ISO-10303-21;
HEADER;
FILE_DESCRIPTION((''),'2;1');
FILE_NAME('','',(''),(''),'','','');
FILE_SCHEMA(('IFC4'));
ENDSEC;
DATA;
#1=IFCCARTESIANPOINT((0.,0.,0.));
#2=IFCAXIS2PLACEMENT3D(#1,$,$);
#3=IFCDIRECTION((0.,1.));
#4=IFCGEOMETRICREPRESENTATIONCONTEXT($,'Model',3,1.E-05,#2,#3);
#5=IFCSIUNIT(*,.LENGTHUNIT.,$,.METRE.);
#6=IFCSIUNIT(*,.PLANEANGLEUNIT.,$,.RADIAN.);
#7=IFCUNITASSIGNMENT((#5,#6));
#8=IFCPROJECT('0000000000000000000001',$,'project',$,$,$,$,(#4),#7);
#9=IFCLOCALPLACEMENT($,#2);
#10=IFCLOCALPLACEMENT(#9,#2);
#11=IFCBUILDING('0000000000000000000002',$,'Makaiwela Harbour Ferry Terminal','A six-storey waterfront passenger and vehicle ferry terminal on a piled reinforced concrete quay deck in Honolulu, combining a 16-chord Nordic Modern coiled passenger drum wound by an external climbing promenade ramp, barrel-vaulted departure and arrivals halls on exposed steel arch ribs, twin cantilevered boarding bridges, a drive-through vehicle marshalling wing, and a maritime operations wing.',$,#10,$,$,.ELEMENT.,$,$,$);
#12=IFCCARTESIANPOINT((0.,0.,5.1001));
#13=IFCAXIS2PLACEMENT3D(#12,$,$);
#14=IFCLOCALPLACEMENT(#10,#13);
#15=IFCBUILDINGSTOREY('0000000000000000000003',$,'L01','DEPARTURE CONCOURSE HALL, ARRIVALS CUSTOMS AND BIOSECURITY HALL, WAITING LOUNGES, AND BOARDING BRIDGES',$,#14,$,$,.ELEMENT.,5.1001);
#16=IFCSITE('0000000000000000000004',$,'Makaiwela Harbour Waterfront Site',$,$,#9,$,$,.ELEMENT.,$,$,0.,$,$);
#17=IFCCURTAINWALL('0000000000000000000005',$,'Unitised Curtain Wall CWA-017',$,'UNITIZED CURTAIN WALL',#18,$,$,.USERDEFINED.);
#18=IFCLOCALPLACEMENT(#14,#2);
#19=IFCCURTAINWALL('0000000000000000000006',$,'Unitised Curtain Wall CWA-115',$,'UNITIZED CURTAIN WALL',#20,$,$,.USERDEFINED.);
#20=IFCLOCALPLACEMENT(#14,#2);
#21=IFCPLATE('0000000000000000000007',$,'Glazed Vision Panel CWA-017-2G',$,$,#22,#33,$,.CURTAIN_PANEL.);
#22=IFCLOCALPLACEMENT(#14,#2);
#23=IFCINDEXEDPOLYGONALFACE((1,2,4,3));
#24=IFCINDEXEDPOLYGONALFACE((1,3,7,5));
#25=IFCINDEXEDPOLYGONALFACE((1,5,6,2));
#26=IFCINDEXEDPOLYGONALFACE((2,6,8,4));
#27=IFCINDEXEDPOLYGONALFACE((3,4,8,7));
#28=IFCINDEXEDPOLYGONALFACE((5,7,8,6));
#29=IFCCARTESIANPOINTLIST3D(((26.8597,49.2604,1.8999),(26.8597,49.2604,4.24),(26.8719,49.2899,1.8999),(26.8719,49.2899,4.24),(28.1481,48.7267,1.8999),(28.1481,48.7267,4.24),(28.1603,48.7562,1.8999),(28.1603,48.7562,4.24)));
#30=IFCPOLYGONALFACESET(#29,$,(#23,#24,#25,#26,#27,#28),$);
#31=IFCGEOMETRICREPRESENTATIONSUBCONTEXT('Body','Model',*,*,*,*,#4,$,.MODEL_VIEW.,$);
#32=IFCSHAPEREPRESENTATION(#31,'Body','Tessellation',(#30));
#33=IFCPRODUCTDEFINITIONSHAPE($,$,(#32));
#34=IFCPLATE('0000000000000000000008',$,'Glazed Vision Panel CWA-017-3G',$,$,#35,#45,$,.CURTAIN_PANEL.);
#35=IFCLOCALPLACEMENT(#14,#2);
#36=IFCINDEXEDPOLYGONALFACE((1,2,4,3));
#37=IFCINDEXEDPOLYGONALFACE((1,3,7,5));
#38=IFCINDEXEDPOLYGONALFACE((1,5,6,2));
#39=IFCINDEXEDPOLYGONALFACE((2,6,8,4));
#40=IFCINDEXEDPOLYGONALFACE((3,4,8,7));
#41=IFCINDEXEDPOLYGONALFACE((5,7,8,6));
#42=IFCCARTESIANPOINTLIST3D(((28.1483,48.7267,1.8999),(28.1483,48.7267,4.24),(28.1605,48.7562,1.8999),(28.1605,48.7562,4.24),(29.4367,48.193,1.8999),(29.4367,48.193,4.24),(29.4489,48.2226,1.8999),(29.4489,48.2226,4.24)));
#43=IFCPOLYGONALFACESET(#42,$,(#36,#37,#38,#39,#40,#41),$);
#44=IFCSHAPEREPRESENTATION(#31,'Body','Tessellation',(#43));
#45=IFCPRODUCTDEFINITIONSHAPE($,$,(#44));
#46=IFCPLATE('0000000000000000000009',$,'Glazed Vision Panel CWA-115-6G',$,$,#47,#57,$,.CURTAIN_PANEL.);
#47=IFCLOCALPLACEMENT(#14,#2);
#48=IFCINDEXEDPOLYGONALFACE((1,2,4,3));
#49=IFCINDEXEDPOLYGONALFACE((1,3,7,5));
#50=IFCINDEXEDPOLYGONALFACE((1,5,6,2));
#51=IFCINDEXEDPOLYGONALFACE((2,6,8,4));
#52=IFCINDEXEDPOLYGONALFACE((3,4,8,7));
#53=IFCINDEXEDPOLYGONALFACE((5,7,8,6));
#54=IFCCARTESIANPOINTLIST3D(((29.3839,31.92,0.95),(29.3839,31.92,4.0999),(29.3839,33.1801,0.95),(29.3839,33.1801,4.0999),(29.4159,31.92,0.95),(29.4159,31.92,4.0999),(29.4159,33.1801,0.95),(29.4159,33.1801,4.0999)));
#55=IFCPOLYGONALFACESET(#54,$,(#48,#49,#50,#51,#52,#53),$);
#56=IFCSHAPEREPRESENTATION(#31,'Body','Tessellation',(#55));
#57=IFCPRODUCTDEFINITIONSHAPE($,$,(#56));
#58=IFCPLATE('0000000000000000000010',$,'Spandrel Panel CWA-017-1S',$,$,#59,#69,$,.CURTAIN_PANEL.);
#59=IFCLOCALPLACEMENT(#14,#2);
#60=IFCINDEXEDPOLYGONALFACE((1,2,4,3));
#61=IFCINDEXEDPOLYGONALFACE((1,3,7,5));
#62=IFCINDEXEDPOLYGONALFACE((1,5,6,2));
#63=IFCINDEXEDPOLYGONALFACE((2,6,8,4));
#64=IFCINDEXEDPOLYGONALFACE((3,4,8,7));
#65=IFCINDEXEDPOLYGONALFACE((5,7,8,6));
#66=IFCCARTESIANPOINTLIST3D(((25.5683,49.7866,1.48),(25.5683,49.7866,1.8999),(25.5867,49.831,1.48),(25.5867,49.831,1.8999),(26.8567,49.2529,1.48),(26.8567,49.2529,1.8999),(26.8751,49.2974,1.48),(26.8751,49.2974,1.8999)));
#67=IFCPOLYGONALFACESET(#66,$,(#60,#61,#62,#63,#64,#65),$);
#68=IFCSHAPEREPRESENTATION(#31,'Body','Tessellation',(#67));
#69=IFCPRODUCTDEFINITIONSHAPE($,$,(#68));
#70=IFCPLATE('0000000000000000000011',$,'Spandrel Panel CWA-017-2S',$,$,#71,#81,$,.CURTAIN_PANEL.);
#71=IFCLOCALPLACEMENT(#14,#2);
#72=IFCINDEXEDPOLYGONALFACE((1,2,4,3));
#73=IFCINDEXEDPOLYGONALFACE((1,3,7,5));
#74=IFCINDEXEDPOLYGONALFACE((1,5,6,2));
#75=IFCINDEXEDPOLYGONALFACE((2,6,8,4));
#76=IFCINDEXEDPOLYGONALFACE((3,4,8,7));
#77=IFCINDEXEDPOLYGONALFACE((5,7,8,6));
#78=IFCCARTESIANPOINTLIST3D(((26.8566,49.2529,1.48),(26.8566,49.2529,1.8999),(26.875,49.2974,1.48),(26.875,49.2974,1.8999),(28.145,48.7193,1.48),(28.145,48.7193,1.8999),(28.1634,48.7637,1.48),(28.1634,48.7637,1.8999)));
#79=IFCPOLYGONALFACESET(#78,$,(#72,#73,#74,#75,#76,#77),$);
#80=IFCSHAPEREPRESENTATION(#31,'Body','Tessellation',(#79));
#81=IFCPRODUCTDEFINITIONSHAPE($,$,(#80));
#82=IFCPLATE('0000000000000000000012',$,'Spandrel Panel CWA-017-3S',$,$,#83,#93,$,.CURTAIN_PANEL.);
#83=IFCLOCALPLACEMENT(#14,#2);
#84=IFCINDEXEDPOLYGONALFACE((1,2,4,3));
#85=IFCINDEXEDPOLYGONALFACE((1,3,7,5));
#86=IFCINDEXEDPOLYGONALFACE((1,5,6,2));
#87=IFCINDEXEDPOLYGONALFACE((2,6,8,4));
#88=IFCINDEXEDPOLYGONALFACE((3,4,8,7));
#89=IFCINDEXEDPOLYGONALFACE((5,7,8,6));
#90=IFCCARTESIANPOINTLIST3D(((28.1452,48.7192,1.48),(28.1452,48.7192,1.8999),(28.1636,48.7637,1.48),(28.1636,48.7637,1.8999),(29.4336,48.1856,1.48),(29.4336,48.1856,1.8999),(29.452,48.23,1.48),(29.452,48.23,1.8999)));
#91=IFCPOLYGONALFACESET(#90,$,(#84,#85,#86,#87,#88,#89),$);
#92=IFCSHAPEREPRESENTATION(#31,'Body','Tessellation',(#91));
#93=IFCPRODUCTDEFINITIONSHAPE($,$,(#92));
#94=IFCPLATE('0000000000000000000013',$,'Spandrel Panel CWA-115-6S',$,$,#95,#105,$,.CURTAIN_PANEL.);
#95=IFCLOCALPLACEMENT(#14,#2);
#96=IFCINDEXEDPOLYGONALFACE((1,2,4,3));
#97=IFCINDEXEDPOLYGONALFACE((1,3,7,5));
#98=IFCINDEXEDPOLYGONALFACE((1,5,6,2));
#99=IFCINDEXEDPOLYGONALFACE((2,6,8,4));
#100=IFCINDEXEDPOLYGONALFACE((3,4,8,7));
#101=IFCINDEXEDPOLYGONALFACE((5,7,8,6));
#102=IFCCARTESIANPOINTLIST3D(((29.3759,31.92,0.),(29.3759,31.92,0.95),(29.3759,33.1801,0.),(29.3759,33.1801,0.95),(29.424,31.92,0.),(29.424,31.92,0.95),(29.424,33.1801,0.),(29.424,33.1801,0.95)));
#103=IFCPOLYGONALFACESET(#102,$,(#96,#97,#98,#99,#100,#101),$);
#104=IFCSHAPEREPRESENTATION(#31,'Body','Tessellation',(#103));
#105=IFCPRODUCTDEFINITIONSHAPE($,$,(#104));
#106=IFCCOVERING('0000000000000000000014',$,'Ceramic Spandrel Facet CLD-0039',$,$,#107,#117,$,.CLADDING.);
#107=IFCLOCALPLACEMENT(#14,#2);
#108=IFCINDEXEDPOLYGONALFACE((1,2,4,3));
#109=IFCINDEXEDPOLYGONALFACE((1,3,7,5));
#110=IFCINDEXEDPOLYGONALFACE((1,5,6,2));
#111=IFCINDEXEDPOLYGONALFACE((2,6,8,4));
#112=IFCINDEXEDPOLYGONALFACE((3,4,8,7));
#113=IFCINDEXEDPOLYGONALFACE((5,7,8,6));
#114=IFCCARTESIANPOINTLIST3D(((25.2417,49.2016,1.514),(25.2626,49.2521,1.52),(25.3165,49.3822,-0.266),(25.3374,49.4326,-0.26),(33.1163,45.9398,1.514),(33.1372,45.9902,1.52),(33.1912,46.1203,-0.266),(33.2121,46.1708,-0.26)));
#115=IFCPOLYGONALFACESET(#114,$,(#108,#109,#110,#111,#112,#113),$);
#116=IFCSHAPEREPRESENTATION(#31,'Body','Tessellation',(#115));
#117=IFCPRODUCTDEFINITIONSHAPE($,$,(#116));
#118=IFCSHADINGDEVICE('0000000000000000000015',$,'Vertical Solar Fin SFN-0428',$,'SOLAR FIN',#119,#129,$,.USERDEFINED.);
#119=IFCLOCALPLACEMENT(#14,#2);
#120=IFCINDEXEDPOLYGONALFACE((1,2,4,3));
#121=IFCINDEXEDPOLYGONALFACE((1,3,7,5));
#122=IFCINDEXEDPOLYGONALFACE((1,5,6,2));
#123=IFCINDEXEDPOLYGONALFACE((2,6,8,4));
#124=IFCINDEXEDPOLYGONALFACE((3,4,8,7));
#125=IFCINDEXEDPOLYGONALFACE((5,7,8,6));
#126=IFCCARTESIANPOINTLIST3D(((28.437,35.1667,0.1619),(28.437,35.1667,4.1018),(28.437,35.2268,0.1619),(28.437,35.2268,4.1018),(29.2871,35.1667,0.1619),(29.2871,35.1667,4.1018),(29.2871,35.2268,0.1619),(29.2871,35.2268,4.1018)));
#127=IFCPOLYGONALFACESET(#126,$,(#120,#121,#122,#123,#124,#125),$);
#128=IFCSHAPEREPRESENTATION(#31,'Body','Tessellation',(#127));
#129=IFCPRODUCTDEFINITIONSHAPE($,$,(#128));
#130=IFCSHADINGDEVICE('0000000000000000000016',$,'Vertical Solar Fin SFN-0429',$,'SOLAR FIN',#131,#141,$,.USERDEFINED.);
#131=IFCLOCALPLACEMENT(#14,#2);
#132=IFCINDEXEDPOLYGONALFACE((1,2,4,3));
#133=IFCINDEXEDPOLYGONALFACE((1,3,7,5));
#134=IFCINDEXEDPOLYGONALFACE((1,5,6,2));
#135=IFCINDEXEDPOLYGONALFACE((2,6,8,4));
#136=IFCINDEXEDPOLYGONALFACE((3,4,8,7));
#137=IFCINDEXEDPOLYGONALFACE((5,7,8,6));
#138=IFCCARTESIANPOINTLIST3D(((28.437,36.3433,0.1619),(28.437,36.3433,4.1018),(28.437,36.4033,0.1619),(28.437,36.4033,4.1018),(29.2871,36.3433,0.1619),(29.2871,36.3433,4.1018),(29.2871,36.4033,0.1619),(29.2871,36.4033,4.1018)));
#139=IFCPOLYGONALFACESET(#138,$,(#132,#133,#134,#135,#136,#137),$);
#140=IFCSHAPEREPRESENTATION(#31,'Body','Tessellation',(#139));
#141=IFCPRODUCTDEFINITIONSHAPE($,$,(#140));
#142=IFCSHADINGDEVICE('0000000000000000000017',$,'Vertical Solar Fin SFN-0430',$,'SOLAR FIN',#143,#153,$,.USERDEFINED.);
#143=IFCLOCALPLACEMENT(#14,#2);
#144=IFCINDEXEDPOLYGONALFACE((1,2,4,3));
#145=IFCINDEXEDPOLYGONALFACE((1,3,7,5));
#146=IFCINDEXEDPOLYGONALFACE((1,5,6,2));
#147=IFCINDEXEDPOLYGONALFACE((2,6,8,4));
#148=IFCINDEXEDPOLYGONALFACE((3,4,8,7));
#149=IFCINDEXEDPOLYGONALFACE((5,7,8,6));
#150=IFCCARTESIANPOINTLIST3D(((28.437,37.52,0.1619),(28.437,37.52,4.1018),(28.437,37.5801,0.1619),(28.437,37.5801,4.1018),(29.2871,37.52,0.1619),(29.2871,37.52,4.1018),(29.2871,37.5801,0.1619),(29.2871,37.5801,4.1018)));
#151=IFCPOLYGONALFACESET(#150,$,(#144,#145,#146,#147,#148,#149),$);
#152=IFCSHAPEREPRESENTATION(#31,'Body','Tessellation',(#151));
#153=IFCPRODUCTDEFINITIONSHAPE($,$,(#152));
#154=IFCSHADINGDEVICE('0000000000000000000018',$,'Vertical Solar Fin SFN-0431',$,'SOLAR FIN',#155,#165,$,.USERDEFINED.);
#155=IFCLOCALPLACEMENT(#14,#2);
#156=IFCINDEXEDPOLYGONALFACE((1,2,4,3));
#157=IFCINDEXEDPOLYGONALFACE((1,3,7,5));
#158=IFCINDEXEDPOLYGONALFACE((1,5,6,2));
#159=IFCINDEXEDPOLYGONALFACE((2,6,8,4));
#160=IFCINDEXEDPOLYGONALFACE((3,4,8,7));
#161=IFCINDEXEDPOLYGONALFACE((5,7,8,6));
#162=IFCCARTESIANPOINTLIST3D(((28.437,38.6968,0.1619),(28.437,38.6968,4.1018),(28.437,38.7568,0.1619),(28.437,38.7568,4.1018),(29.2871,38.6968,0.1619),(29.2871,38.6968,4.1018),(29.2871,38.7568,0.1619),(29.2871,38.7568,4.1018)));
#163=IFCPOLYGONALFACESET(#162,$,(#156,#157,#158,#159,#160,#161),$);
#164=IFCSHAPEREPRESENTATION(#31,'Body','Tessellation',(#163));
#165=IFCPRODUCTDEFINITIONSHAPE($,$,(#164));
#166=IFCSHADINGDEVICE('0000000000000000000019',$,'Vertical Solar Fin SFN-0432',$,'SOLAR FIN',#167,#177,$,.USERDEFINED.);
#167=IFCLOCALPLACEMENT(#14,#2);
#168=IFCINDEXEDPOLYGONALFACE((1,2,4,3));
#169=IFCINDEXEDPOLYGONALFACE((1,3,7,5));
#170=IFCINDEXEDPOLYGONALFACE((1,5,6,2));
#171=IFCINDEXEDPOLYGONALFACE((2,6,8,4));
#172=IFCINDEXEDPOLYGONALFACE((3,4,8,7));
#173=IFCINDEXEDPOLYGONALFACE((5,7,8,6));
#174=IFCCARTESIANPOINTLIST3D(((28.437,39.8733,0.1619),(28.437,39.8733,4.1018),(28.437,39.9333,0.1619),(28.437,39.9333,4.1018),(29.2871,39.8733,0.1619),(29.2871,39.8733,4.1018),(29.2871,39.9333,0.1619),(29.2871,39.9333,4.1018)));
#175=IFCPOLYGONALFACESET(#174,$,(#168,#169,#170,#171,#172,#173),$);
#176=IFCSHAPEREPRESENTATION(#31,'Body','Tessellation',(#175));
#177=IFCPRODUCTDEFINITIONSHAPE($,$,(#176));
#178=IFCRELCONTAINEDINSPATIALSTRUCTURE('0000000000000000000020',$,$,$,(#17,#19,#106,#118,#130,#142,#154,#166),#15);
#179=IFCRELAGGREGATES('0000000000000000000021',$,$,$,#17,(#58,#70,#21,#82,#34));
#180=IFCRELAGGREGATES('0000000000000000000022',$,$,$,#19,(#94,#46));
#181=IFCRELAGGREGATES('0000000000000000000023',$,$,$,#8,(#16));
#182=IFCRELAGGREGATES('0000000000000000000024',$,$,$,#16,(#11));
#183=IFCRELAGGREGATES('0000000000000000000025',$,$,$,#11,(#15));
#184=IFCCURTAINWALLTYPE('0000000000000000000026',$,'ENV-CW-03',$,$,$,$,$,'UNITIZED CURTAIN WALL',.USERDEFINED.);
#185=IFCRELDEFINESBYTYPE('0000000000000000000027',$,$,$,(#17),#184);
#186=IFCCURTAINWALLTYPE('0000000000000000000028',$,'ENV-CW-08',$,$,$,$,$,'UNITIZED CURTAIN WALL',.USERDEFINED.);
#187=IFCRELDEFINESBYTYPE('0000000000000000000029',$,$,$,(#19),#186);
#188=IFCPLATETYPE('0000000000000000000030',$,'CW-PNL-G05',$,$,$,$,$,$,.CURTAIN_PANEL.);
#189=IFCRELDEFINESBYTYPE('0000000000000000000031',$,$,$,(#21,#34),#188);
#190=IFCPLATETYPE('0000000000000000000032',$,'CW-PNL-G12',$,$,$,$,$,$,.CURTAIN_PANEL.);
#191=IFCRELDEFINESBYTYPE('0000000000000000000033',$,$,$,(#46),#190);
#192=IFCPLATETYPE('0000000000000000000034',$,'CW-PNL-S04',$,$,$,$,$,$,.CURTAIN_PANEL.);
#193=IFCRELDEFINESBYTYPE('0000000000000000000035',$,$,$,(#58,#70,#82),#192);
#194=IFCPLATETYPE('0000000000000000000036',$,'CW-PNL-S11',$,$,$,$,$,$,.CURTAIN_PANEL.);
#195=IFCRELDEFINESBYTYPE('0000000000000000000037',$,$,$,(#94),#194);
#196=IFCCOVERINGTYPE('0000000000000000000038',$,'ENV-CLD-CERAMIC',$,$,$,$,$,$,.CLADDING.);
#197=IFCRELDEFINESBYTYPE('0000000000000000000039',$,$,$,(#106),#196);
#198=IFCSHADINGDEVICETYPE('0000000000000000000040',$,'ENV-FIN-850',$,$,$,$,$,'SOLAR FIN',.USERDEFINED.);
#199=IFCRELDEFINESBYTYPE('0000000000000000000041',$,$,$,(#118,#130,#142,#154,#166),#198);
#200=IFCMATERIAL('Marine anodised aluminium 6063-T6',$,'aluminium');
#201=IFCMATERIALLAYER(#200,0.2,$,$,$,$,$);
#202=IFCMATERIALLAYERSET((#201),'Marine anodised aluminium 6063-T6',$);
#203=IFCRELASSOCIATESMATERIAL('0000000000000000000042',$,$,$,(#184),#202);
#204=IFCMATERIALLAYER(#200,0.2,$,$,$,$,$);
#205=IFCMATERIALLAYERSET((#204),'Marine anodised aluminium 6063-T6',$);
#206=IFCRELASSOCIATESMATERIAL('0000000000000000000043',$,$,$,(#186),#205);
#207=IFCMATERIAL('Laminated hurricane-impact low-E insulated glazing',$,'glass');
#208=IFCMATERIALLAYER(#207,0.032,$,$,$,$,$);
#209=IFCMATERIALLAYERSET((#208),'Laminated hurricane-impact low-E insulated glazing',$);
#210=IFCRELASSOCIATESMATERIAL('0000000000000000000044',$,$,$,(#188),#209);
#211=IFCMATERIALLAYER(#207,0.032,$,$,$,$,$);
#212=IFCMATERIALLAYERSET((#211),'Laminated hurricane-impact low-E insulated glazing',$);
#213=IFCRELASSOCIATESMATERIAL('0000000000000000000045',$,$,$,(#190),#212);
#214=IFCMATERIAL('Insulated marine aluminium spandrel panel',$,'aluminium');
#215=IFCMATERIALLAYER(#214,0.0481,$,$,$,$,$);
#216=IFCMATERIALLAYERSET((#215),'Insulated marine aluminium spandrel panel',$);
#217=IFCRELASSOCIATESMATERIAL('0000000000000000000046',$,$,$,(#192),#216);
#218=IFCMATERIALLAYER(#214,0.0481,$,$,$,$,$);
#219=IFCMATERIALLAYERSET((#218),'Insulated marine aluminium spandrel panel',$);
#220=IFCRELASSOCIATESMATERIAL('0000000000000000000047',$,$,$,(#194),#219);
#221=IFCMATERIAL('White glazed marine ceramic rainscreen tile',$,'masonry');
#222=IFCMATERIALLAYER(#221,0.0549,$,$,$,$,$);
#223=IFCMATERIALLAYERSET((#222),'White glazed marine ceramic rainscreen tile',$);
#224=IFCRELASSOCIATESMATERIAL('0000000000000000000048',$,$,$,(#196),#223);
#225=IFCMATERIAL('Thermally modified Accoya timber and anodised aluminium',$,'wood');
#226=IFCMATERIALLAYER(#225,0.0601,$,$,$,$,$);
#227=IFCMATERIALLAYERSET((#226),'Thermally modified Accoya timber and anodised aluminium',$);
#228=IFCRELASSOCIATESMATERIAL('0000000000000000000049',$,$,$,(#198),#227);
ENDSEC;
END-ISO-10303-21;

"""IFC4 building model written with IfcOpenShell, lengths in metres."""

from ifc_helpers import new_model, si_unit, direction, frame, origin, origin_2d, place, context, subcontext, project, spatial, polyline, rectangle, outline, extrude, material, layer, layer_set, type_object, element, aggregate, save


model = new_model("IFC4")

# Units and contexts
model_context = context("Model", 3, precision=1e-05, world=origin(), true_north=direction((0.0, 1.0)))
body_context = subcontext(model_context, "Body", "Model", "MODEL_VIEW")
ifc_project = project(units=[si_unit("LENGTHUNIT", "METRE"), si_unit("PLANEANGLEUNIT", "RADIAN")], contexts=[model_context])

# Site, building, storey
site_placement = place(None, origin())
site = spatial("IfcSite", under=ifc_project, at=site_placement, Name="Makaiwela Harbour Waterfront Site", CompositionType="ELEMENT", RefElevation=0.0)
building_placement = place(site_placement, origin())
building = spatial("IfcBuilding", under=site, at=building_placement, Name="Makaiwela Harbour Ferry Terminal", Description="A six-storey waterfront passenger and vehicle ferry terminal on a piled reinforced concrete quay deck in Honolulu, combining a 16-chord Nordic Modern coiled passenger drum wound by an external climbing promenade ramp, barrel-vaulted departure and arrivals halls on exposed steel arch ribs, twin cantilevered boarding bridges, a drive-through vehicle marshalling wing, and a maritime operations wing.", CompositionType="ELEMENT")
storey_placement = place(building_placement, frame((0.0, 0.0, 5.1001)))
storey = spatial("IfcBuildingStorey", under=building, at=storey_placement, Name="L01", Description="DEPARTURE CONCOURSE HALL, ARRIVALS CUSTOMS AND BIOSECURITY HALL, WAITING LOUNGES, AND BOARDING BRIDGES", CompositionType="ELEMENT", Elevation=5.1001)

# Curtain walls
ifc_material_1 = material(Name="Marine anodised aluminium 6063-T6", Category="aluminium")
ifc_layer_1 = layer(ifc_material_1, 0.2)
ifc_layer_set_1 = layer_set([ifc_layer_1], Name="Marine anodised aluminium 6063-T6")
curtain_wall_type_1 = type_object("IfcCurtainWallType", Name="ENV-CW-03", ElementType="UNITIZED CURTAIN WALL", PredefinedType="USERDEFINED", material=ifc_layer_set_1)
curtain_wall_1_placement = place(storey_placement, origin())
curtain_wall_1 = element("IfcCurtainWall", 1, at=curtain_wall_1_placement, inside=storey, type_object=curtain_wall_type_1, Name="Unitised Curtain Wall CWA-017", ObjectType="UNITIZED CURTAIN WALL", PredefinedType="USERDEFINED")
ifc_layer_2 = layer(ifc_material_1, 0.2)
ifc_layer_set_2 = layer_set([ifc_layer_2], Name="Marine anodised aluminium 6063-T6")
curtain_wall_type_2 = type_object("IfcCurtainWallType", Name="ENV-CW-08", ElementType="UNITIZED CURTAIN WALL", PredefinedType="USERDEFINED", material=ifc_layer_set_2)
curtain_wall_2_placement = place(storey_placement, origin())
curtain_wall_2 = element("IfcCurtainWall", 2, at=curtain_wall_2_placement, inside=storey, type_object=curtain_wall_type_2, Name="Unitised Curtain Wall CWA-115", ObjectType="UNITIZED CURTAIN WALL", PredefinedType="USERDEFINED")

# Plates
ifc_material_2 = material(Name="Laminated hurricane-impact low-E insulated glazing", Category="glass")
ifc_layer_3 = layer(ifc_material_2, 0.032)
ifc_layer_set_3 = layer_set([ifc_layer_3], Name="Laminated hurricane-impact low-E insulated glazing")
plate_type_1 = type_object("IfcPlateType", Name="CW-PNL-G05", PredefinedType="CURTAIN_PANEL", material=ifc_layer_set_3)
plate_1_placement = place(storey_placement, frame((27.51, 49.0083, 1.8999), z_axis=(0.0, 0.0, 1.0), x_axis=(0.92388, -0.382683, 0.0)))
plate_1 = element("IfcPlate", 3, at=plate_1_placement, type_object=plate_type_1, Name="Glazed Vision Panel CWA-017-2G", PredefinedType="CURTAIN_PANEL", context=body_context, shape_type="SweptSolid", body=[
    extrude(rectangle(XDim=1.3945, YDim=0.032, at=origin_2d()), origin(), (0.0, 0.0, 1.0), 2.3401),
])
plate_2_placement = place(storey_placement, frame((28.7986, 48.4746, 1.8999), z_axis=(0.0, 0.0, 1.0), x_axis=(0.92388, -0.382683, 0.0)))
plate_2 = element("IfcPlate", 4, at=plate_2_placement, type_object=plate_type_1, Name="Glazed Vision Panel CWA-017-3G", PredefinedType="CURTAIN_PANEL", context=body_context, shape_type="SweptSolid", body=[
    extrude(rectangle(XDim=1.3945, YDim=0.032, at=origin_2d()), origin(), (0.0, 0.0, 1.0), 2.3401),
])
ifc_layer_4 = layer(ifc_material_2, 0.032)
ifc_layer_set_4 = layer_set([ifc_layer_4], Name="Laminated hurricane-impact low-E insulated glazing")
plate_type_2 = type_object("IfcPlateType", Name="CW-PNL-G12", PredefinedType="CURTAIN_PANEL", material=ifc_layer_set_4)
plate_3_placement = place(storey_placement, frame((29.3999, 32.55, 0.95), z_axis=(0.0, 0.0, 1.0), x_axis=(0.0, 1.0, 0.0)))
plate_3 = element("IfcPlate", 5, at=plate_3_placement, type_object=plate_type_2, Name="Glazed Vision Panel CWA-115-6G", PredefinedType="CURTAIN_PANEL", context=body_context, shape_type="SweptSolid", body=[
    extrude(rectangle(XDim=1.26, YDim=0.032, at=origin_2d()), origin(), (0.0, 0.0, 1.0), 3.1499),
])
ifc_material_3 = material(Name="Insulated marine aluminium spandrel panel", Category="aluminium")
ifc_layer_5 = layer(ifc_material_3, 0.0481)
ifc_layer_set_5 = layer_set([ifc_layer_5], Name="Insulated marine aluminium spandrel panel")
plate_type_3 = type_object("IfcPlateType", Name="CW-PNL-S04", PredefinedType="CURTAIN_PANEL", material=ifc_layer_set_5)
plate_4_placement = place(storey_placement, frame((26.2217, 49.542, 1.48), z_axis=(0.0, 0.0, 1.0), x_axis=(0.92388, -0.382683, 0.0)))
plate_4 = element("IfcPlate", 6, at=plate_4_placement, type_object=plate_type_3, Name="Spandrel Panel CWA-017-1S", PredefinedType="CURTAIN_PANEL", context=body_context, shape_type="SweptSolid", body=[
    extrude(rectangle(XDim=1.3945, YDim=0.0481, at=origin_2d()), origin(), (0.0, 0.0, 1.0), 0.4199),
])
plate_5_placement = place(storey_placement, frame((27.51, 49.0083, 1.48), z_axis=(0.0, 0.0, 1.0), x_axis=(0.92388, -0.382683, 0.0)))
plate_5 = element("IfcPlate", 7, at=plate_5_placement, type_object=plate_type_3, Name="Spandrel Panel CWA-017-2S", PredefinedType="CURTAIN_PANEL", context=body_context, shape_type="SweptSolid", body=[
    extrude(rectangle(XDim=1.3945, YDim=0.0481, at=origin_2d()), origin(), (0.0, 0.0, 1.0), 0.4199),
])
plate_6_placement = place(storey_placement, frame((28.7986, 48.4746, 1.48), z_axis=(0.0, 0.0, 1.0), x_axis=(0.92388, -0.382683, 0.0)))
plate_6 = element("IfcPlate", 8, at=plate_6_placement, type_object=plate_type_3, Name="Spandrel Panel CWA-017-3S", PredefinedType="CURTAIN_PANEL", context=body_context, shape_type="SweptSolid", body=[
    extrude(rectangle(XDim=1.3945, YDim=0.0481, at=origin_2d()), origin(), (0.0, 0.0, 1.0), 0.4199),
])
aggregate(curtain_wall_1, [plate_4, plate_5, plate_1, plate_6, plate_2])
ifc_layer_6 = layer(ifc_material_3, 0.0481)
ifc_layer_set_6 = layer_set([ifc_layer_6], Name="Insulated marine aluminium spandrel panel")
plate_type_4 = type_object("IfcPlateType", Name="CW-PNL-S11", PredefinedType="CURTAIN_PANEL", material=ifc_layer_set_6)
plate_7_placement = place(storey_placement, frame((29.3999, 32.55, 0.0), z_axis=(0.0, 0.0, 1.0), x_axis=(0.0, 1.0, 0.0)))
plate_7 = element("IfcPlate", 9, at=plate_7_placement, type_object=plate_type_4, Name="Spandrel Panel CWA-115-6S", PredefinedType="CURTAIN_PANEL", context=body_context, shape_type="SweptSolid", body=[
    extrude(rectangle(XDim=1.26, YDim=0.0481, at=origin_2d()), origin(), (0.0, 0.0, 1.0), 0.95),
])
aggregate(curtain_wall_2, [plate_7, plate_3])

# Covering
ifc_material_4 = material(Name="White glazed marine ceramic rainscreen tile", Category="masonry")
ifc_layer_7 = layer(ifc_material_4, 0.0549)
ifc_layer_set_7 = layer_set([ifc_layer_7], Name="White glazed marine ceramic rainscreen tile")
covering_type = type_object("IfcCoveringType", Name="ENV-CLD-CERAMIC", PredefinedType="CLADDING", material=ifc_layer_set_7)
covering_placement = place(storey_placement, frame((25.3374, 49.4326, -0.26), z_axis=(0.380404, 0.918358, 0.109137), x_axis=(0.923877, -0.382689, -0.000002)))
element("IfcCovering", 10, at=covering_placement, inside=storey, type_object=covering_type, Name="Ceramic Spandrel Facet CLD-0039", PredefinedType="CLADDING", context=body_context, shape_type="SweptSolid", body=[
    extrude(outline(polyline([(0.0, 0.0), (8.5235, 0.0), (8.5234, -1.7907), (0.0, -1.7907), (0.0, 0.0)])), origin(), (0.0, 0.0, -1.0), 0.0549),
])

# Shading devices
ifc_material_5 = material(Name="Thermally modified Accoya timber and anodised aluminium", Category="wood")
ifc_layer_8 = layer(ifc_material_5, 0.0601)
ifc_layer_set_8 = layer_set([ifc_layer_8], Name="Thermally modified Accoya timber and anodised aluminium")
shading_device_type = type_object("IfcShadingDeviceType", Name="ENV-FIN-850", ElementType="SOLAR FIN", PredefinedType="USERDEFINED", material=ifc_layer_set_8)
for number, where, z_axis, x_axis, name in (
    (11, (28.8621, 35.1968, 0.1619), (0.0, 0.0, 1.0), (-1.0, 0.0, 0.0), "Vertical Solar Fin SFN-0428"),
    (12, (28.8621, 36.3733, 0.1619), (0.0, 0.0, 1.0), (-1.0, 0.0, 0.0), "Vertical Solar Fin SFN-0429"),
    (13, (28.8621, 37.55, 0.1619), (0.0, 0.0, 1.0), (-1.0, 0.0, 0.0), "Vertical Solar Fin SFN-0430"),
    (14, (28.8621, 38.7268, 0.1619), (0.0, 0.0, 1.0), (-1.0, 0.0, 0.0), "Vertical Solar Fin SFN-0431"),
    (15, (28.8621, 39.9033, 0.1619), (0.0, 0.0, 1.0), (-1.0, 0.0, 0.0), "Vertical Solar Fin SFN-0432"),
):
    element("IfcShadingDevice", number, at=place(storey_placement, frame(where, z_axis=z_axis, x_axis=x_axis)), inside=storey, type_object=shading_device_type, Name=name, ObjectType="SOLAR FIN", PredefinedType="USERDEFINED", context=body_context, shape_type="SweptSolid", body=[
        extrude(rectangle(XDim=0.8501, YDim=0.0601, at=origin_2d()), origin(), (0.0, 0.0, 1.0), 3.9399),
    ])

save(model, "model.ifc")
